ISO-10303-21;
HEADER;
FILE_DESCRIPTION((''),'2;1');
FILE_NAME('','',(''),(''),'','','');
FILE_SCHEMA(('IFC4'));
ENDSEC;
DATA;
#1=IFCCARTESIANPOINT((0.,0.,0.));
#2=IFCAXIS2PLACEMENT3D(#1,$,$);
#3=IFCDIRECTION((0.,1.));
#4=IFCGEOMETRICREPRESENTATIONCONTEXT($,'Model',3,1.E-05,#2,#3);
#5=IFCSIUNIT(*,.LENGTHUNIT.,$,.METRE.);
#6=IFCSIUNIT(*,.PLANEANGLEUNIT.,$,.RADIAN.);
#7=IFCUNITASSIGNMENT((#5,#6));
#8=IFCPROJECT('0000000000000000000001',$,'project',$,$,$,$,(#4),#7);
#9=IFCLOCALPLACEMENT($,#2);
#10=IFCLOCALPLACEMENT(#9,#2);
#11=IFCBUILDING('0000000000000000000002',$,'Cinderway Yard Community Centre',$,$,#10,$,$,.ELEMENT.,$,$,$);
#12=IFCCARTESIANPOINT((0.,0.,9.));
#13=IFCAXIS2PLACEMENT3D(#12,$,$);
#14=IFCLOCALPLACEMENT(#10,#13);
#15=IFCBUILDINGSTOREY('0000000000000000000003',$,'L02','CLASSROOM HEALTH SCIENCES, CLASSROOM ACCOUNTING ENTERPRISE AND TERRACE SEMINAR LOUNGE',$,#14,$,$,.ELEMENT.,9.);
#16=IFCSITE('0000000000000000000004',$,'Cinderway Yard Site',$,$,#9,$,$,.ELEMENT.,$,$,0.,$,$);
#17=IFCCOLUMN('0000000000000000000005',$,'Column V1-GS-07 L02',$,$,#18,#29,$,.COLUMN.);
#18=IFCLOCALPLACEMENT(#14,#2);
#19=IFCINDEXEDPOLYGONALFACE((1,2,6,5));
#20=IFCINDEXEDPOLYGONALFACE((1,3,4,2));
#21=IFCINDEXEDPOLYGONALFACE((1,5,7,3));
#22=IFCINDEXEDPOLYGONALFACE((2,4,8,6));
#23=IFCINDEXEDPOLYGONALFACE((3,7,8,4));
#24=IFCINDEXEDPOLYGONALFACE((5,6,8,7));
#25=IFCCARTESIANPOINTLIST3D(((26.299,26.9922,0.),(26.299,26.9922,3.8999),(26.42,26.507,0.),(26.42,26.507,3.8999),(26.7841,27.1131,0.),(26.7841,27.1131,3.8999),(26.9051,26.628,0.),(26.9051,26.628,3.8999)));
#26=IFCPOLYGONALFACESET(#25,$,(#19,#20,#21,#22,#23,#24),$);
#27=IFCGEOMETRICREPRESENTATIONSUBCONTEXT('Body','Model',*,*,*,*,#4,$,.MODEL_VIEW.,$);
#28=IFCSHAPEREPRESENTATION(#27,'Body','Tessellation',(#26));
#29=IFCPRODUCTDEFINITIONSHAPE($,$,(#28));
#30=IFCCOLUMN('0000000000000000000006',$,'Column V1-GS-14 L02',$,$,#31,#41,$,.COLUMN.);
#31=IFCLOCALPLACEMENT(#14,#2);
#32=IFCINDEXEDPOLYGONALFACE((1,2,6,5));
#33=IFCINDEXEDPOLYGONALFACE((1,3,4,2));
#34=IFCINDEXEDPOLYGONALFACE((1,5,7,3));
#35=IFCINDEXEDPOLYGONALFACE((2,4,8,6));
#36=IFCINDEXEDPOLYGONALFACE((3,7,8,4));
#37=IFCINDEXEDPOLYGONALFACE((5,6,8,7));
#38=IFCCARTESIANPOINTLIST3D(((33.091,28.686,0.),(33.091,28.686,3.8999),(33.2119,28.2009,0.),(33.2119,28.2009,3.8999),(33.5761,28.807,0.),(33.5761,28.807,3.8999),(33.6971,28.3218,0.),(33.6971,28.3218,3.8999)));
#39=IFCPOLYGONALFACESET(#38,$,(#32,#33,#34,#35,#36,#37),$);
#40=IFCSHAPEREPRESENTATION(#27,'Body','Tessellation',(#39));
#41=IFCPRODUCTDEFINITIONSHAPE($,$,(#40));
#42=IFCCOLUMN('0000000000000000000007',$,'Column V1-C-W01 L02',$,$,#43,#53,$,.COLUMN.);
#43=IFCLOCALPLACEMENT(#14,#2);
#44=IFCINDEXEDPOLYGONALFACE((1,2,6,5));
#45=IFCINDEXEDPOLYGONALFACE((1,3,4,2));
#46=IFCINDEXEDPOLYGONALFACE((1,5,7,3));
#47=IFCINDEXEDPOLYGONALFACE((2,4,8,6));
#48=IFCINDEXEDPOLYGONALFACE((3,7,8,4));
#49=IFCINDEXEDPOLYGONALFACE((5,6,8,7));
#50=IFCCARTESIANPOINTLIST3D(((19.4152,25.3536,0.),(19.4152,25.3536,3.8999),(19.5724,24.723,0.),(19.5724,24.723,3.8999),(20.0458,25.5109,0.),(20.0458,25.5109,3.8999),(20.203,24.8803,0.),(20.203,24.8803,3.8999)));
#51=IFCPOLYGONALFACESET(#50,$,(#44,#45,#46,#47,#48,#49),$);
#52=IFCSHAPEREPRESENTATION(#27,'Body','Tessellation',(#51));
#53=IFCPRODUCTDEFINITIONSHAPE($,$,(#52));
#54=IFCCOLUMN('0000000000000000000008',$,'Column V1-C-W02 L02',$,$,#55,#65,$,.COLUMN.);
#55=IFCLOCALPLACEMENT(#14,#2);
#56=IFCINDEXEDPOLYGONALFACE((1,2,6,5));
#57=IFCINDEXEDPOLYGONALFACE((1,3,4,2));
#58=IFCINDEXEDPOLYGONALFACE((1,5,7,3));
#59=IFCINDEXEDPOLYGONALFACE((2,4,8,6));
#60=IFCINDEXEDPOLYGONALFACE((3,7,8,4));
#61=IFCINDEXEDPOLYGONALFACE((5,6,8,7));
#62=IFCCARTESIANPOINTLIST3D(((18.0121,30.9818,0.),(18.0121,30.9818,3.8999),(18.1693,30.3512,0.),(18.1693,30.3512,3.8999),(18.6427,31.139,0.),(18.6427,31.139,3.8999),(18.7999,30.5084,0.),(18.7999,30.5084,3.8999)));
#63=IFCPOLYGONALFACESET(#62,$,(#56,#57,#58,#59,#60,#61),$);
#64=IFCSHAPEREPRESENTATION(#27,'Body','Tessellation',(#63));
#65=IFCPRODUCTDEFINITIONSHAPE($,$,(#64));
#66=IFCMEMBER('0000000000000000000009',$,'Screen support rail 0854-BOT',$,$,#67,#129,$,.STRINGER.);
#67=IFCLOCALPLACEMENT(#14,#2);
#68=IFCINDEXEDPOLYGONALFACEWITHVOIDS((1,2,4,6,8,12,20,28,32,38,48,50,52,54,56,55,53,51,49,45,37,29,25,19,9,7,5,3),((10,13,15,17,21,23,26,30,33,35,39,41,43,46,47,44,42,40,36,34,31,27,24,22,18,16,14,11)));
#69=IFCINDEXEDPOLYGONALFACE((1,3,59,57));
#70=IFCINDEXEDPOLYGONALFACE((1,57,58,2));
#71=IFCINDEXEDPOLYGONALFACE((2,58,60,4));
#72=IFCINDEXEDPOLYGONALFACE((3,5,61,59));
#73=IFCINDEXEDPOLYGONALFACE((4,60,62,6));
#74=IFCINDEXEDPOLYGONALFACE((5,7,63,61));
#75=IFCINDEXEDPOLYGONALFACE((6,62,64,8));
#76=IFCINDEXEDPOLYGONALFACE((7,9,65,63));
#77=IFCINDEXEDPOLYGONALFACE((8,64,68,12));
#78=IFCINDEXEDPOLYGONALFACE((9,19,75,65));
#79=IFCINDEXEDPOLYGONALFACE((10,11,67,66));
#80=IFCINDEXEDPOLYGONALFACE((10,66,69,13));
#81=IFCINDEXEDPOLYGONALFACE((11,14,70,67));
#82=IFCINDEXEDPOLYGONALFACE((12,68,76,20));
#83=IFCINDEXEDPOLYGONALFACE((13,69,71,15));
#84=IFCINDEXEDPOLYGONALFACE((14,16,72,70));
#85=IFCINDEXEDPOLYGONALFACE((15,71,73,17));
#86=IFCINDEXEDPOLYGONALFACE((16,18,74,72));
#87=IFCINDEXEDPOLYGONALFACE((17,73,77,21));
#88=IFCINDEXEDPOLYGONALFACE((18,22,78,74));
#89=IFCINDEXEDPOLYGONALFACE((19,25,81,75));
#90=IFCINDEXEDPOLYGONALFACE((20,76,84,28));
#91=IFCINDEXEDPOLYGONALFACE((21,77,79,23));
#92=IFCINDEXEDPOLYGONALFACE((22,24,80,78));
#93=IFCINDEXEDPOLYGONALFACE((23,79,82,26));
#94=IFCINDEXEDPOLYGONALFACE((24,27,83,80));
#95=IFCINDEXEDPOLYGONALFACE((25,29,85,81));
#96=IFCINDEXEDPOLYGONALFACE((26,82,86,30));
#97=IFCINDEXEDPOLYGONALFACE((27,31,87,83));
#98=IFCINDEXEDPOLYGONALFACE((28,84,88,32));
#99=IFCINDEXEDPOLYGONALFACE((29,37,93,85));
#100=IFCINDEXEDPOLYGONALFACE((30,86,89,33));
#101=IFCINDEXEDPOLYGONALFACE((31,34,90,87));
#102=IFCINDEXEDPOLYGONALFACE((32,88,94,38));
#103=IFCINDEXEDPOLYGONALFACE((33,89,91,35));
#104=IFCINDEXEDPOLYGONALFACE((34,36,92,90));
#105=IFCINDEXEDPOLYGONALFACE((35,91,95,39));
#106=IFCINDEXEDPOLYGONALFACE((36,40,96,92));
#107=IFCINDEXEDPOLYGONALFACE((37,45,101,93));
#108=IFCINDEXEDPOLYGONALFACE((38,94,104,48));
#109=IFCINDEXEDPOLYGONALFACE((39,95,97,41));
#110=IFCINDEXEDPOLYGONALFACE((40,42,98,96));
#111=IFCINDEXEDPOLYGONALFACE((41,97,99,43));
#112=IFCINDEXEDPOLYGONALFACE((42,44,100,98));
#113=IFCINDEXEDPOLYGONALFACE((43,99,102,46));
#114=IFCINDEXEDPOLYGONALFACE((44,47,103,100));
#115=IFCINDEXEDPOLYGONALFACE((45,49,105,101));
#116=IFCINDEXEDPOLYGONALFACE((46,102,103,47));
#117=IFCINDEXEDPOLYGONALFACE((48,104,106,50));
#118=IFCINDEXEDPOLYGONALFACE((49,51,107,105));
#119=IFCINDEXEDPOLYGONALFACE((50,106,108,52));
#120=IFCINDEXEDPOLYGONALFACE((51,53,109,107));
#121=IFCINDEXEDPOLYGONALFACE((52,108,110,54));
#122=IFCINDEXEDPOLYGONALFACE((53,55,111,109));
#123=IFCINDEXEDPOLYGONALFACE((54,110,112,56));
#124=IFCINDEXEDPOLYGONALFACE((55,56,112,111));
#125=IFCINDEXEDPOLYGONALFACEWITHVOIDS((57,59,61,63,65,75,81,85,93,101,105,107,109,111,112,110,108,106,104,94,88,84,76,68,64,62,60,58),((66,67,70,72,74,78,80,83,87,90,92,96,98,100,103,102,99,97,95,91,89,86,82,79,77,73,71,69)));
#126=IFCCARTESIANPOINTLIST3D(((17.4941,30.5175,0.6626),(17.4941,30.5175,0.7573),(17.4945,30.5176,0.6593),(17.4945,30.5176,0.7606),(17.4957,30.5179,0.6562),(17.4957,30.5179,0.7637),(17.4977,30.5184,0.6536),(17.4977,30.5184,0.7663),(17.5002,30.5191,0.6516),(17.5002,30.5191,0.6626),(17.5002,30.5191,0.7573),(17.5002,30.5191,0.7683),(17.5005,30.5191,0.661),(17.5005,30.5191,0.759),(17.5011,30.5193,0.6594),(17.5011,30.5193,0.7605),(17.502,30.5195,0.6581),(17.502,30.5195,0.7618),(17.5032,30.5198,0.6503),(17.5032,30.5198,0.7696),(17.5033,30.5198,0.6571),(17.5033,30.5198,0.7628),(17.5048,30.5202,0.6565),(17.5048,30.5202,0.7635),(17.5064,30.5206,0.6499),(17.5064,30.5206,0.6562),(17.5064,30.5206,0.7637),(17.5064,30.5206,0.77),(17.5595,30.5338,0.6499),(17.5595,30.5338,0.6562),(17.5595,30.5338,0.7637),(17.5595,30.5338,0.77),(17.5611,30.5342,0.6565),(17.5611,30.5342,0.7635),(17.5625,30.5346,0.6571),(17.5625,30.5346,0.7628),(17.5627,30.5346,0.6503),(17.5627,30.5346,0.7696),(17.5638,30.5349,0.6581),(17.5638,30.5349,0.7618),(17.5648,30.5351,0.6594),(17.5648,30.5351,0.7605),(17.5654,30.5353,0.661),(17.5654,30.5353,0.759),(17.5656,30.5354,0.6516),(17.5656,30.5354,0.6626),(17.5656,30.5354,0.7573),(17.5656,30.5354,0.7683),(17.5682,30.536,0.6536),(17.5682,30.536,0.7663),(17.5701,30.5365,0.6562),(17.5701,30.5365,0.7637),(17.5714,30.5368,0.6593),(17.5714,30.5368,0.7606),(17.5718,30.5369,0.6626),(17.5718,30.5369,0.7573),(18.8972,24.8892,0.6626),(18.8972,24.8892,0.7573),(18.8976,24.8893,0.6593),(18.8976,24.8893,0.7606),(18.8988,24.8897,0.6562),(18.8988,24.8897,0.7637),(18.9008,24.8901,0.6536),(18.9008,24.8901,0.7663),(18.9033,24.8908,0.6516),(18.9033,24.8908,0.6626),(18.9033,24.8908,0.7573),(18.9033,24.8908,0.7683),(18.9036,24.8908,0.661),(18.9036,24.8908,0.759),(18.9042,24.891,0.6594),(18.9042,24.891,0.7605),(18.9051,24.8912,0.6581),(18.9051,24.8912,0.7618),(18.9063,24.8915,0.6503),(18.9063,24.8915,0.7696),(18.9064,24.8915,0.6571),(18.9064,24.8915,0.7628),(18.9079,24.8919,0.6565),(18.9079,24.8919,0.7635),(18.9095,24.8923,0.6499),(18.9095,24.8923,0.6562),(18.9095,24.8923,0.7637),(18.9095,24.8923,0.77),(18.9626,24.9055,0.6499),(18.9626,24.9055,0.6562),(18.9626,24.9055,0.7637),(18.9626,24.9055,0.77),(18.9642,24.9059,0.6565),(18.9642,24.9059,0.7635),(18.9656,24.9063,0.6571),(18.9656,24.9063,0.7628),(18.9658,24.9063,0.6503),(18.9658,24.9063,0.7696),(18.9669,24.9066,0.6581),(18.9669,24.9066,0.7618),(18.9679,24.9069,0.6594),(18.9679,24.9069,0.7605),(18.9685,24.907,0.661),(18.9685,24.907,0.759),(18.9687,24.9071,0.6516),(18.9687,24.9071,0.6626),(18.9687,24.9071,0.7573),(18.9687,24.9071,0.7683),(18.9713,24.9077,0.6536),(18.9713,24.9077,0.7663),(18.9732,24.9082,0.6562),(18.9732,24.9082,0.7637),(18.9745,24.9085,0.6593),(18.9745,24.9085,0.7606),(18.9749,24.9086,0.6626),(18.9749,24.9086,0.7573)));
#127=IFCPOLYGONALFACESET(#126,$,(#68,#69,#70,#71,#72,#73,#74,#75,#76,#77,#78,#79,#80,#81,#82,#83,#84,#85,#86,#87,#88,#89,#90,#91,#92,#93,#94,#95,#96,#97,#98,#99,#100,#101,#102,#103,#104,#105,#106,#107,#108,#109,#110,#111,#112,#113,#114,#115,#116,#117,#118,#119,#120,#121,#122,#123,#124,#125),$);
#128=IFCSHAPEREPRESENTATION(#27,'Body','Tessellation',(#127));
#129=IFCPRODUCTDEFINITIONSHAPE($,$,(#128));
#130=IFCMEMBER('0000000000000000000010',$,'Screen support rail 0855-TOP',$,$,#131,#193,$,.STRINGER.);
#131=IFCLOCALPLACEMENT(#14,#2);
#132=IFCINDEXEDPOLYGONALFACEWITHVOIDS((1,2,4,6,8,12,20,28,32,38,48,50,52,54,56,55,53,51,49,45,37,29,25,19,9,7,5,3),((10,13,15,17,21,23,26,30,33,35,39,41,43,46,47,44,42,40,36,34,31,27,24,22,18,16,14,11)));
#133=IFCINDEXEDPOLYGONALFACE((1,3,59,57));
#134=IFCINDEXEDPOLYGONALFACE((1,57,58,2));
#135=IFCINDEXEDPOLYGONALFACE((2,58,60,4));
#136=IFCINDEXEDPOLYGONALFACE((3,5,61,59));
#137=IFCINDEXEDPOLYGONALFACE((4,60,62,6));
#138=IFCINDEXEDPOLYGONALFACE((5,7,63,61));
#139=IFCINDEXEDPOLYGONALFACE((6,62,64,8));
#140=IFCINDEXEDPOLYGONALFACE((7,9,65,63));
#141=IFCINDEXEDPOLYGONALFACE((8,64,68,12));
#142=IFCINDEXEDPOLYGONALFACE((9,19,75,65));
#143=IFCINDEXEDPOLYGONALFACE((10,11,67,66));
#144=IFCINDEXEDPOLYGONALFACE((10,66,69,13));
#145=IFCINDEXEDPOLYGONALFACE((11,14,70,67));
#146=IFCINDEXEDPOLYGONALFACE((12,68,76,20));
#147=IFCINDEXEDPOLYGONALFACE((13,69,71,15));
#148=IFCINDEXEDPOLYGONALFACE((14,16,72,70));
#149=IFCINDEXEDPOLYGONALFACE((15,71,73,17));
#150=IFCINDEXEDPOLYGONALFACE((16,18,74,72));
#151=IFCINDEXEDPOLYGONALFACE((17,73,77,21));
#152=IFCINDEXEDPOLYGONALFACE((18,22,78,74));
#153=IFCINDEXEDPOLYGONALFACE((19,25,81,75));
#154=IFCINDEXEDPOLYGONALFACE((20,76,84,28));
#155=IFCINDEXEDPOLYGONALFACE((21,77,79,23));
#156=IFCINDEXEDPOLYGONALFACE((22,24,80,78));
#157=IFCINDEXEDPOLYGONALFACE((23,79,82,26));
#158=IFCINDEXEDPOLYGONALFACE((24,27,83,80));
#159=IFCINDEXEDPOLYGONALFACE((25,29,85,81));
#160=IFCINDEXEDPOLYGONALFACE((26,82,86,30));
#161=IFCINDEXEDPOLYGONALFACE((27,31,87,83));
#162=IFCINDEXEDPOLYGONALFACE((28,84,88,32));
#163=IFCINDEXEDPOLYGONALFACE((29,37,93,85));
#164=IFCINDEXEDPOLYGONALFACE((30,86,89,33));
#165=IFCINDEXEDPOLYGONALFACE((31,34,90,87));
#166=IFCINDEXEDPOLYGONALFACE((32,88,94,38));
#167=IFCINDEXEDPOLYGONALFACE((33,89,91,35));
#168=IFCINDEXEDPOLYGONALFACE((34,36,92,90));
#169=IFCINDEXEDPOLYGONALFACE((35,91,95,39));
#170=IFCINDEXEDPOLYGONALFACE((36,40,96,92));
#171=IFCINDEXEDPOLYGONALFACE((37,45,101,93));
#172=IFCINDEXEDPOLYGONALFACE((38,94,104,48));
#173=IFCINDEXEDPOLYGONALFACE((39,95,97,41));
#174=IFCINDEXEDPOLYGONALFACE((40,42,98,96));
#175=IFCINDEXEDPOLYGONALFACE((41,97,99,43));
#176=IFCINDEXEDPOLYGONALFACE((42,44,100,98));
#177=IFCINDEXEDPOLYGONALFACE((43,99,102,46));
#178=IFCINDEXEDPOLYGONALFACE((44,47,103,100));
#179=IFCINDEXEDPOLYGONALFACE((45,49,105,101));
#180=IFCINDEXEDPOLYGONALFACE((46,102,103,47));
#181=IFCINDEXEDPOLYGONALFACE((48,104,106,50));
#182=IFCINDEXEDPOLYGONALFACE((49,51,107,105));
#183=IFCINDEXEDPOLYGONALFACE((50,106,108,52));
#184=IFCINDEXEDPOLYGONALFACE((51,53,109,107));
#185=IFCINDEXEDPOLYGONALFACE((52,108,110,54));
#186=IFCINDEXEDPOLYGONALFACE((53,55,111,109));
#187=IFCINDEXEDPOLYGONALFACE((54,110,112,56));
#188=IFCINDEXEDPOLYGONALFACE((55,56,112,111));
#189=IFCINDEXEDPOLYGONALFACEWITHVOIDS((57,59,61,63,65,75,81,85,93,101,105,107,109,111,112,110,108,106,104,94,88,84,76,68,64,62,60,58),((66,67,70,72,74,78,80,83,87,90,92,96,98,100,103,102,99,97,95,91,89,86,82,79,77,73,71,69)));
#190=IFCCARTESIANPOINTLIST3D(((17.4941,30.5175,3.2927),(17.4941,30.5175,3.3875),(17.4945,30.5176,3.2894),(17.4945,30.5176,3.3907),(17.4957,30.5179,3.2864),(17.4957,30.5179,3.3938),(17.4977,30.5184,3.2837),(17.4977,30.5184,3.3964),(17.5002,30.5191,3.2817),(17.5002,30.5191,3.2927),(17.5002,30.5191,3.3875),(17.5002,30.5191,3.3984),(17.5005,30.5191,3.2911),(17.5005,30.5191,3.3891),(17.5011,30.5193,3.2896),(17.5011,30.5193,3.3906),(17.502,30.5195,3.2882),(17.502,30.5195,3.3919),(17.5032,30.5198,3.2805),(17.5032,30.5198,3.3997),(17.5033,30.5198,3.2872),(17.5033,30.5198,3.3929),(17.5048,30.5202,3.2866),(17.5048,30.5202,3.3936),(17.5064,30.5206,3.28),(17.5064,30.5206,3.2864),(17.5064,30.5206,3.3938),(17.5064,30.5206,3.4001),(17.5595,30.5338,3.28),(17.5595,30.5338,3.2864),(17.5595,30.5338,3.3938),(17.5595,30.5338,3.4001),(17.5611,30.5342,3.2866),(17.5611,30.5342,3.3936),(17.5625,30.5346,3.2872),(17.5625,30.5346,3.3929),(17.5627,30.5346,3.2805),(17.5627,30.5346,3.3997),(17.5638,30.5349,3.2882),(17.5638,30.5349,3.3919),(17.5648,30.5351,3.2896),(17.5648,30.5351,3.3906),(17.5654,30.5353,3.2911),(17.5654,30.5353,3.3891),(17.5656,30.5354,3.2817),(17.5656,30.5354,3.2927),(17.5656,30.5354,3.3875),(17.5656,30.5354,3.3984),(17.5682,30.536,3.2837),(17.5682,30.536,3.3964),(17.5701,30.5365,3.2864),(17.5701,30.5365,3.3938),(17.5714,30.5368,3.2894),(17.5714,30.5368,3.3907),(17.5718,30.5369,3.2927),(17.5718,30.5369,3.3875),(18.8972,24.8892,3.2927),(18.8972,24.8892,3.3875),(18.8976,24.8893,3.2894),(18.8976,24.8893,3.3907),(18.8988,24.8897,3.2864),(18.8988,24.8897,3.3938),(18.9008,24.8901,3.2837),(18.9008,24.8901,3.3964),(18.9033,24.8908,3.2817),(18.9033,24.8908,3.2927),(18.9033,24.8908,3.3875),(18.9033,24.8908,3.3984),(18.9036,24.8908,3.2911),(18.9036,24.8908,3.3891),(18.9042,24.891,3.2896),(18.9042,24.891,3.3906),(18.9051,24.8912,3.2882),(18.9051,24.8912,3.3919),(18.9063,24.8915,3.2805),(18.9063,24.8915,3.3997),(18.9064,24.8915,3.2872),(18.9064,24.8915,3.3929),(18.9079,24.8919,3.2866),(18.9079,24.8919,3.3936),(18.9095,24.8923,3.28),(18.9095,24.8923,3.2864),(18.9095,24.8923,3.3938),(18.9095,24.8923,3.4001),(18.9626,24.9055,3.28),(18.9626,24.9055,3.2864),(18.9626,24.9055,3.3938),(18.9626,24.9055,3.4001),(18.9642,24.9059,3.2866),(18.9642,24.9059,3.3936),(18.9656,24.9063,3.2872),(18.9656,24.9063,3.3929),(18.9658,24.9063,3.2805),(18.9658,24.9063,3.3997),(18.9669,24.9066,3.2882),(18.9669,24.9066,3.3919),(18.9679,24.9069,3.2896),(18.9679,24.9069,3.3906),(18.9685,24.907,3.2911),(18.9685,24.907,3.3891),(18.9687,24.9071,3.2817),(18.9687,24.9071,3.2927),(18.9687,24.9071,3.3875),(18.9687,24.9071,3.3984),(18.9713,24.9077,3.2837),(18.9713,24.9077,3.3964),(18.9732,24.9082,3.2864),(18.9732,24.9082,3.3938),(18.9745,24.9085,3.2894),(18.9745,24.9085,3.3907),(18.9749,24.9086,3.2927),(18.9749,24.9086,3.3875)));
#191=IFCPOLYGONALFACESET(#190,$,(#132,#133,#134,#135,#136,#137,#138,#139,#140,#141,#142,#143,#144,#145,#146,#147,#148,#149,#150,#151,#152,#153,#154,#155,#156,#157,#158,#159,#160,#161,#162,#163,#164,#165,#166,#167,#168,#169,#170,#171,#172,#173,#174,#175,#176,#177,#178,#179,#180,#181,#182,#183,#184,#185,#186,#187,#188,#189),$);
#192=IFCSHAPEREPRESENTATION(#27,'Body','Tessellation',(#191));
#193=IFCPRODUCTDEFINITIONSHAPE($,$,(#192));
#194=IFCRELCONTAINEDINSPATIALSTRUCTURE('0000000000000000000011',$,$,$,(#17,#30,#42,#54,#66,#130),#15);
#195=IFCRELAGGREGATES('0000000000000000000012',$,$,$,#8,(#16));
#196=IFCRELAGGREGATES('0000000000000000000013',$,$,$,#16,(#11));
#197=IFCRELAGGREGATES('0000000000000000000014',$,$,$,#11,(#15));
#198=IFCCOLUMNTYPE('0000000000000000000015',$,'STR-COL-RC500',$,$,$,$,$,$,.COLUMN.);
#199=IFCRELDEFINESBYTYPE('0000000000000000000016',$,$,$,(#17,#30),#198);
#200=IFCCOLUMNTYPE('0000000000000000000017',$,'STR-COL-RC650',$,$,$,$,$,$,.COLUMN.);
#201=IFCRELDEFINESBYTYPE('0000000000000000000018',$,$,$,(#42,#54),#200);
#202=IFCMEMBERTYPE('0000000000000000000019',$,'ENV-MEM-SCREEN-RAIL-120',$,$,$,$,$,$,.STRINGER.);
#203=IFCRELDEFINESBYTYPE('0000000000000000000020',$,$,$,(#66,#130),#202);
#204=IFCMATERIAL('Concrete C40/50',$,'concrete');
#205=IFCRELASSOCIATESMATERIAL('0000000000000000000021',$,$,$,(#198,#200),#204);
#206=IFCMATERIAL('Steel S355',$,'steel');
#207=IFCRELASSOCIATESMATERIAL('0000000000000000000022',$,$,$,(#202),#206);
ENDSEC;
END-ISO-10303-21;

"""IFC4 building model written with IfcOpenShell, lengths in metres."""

from ifc_helpers import new_model, si_unit, direction, frame, origin, origin_2d, place, context, subcontext, project, spatial, rectangle, hollow_rectangle, extrude, material, material_profile, profile_set, type_object, element, save


model = new_model("IFC4")

# Units and contexts
model_context = context("Model", 3, precision=1e-05, world=origin(), true_north=direction((0.0, 1.0)))
body_context = subcontext(model_context, "Body", "Model", "MODEL_VIEW")
ifc_project = project(units=[si_unit("LENGTHUNIT", "METRE"), si_unit("PLANEANGLEUNIT", "RADIAN")], contexts=[model_context])

# Site, building, storey
site_placement = place(None, origin())
site = spatial("IfcSite", under=ifc_project, at=site_placement, Name="Cinderway Yard Site", CompositionType="ELEMENT", RefElevation=0.0)
building_placement = place(site_placement, origin())
building = spatial("IfcBuilding", under=site, at=building_placement, Name="Cinderway Yard Community Centre", CompositionType="ELEMENT")
storey_placement = place(building_placement, frame((0.0, 0.0, 9.0)))
storey = spatial("IfcBuildingStorey", under=building, at=storey_placement, Name="L02", Description="CLASSROOM HEALTH SCIENCES, CLASSROOM ACCOUNTING ENTERPRISE AND TERRACE SEMINAR LOUNGE", CompositionType="ELEMENT", Elevation=9.0)

# Columns
ifc_material_1 = material(Name="Concrete C40/50", Category="concrete")
ifc_material_profile_1 = material_profile(ifc_material_1, rectangle(XDim=0.5, YDim=0.5, at=origin_2d()), Name="Concrete C40/50")
ifc_profile_set_1 = profile_set([ifc_material_profile_1], Name="Concrete C40/50")
column_type_1 = type_object("IfcColumnType", Name="STR-COL-RC500", PredefinedType="COLUMN", material=ifc_profile_set_1)
for number, where, z_axis, x_axis, name in (
    (1, (26.6021, 26.8101, 0.0), (0.0, 0.0, 1.0), (0.970296, 0.241922, 0.0), "Column V1-GS-07 L02"),
    (2, (33.394, 28.5039, 0.0), (0.0, 0.0, 1.0), (0.970296, 0.241922, 0.0), "Column V1-GS-14 L02"),
):
    element("IfcColumn", number, at=place(storey_placement, frame(where, z_axis=z_axis, x_axis=x_axis)), inside=storey, type_object=column_type_1, Name=name, PredefinedType="COLUMN", context=body_context, shape_type="SweptSolid", body=[
        extrude(rectangle(XDim=0.5, YDim=0.5, at=origin_2d()), origin(), (0.0, 0.0, 1.0), 3.8999),
    ])
ifc_material_profile_2 = material_profile(ifc_material_1, rectangle(XDim=0.6499, YDim=0.6499, at=origin_2d()), Name="Concrete C40/50")
ifc_profile_set_2 = profile_set([ifc_material_profile_2], Name="Concrete C40/50")
column_type_2 = type_object("IfcColumnType", Name="STR-COL-RC650", PredefinedType="COLUMN", material=ifc_profile_set_2)
for number, where, z_axis, x_axis, name in (
    (3, (19.8091, 25.1169, 0.0), (0.0, 0.0, 1.0), (0.970296, 0.241922, 0.0), "Column V1-C-W01 L02"),
    (4, (18.406, 30.7451, 0.0), (0.0, 0.0, 1.0), (0.970296, 0.241922, 0.0), "Column V1-C-W02 L02"),
):
    element("IfcColumn", number, at=place(storey_placement, frame(where, z_axis=z_axis, x_axis=x_axis)), inside=storey, type_object=column_type_2, Name=name, PredefinedType="COLUMN", context=body_context, shape_type="SweptSolid", body=[
        extrude(rectangle(XDim=0.6499, YDim=0.6499, at=origin_2d()), origin(), (0.0, 0.0, 1.0), 3.8999),
    ])

# Members
ifc_material_2 = material(Name="Steel S355", Category="steel")
ifc_material_profile_3 = material_profile(ifc_material_2, hollow_rectangle(XDim=0.0801, YDim=0.1201, WallThickness=0.0063, InnerFilletRadius=0.0063, OuterFilletRadius=0.0127, at=origin_2d()), Name="Steel S355")
ifc_profile_set_3 = profile_set([ifc_material_profile_3], Name="Steel S355")
member_type_1 = type_object("IfcMemberType", Name="ENV-MEM-SCREEN-RAIL-120", PredefinedType="STRINGER", material=ifc_profile_set_3)
for number, where, z_axis, x_axis, name in (
    (5, (18.936, 24.8989, 0.71), (-0.241892, 0.970303, 0.0), (-0.970303, -0.241892, 0.0), "Screen support rail 0854-BOT"),
    (6, (18.936, 24.8989, 3.3401), (-0.241892, 0.970303, 0.0), (-0.970303, -0.241892, 0.0), "Screen support rail 0855-TOP"),
):
    element("IfcMember", number, at=place(storey_placement, frame(where, z_axis=z_axis, x_axis=x_axis)), inside=storey, type_object=member_type_1, Name=name, PredefinedType="STRINGER", context=body_context, shape_type="SweptSolid", body=[
        extrude(hollow_rectangle(XDim=0.0801, YDim=0.1201, WallThickness=0.0063, InnerFilletRadius=0.0063, OuterFilletRadius=0.0127, at=origin_2d()), origin(), (0.0, 0.0, 1.0), 5.8005),
    ])

save(model, "model.ifc")
